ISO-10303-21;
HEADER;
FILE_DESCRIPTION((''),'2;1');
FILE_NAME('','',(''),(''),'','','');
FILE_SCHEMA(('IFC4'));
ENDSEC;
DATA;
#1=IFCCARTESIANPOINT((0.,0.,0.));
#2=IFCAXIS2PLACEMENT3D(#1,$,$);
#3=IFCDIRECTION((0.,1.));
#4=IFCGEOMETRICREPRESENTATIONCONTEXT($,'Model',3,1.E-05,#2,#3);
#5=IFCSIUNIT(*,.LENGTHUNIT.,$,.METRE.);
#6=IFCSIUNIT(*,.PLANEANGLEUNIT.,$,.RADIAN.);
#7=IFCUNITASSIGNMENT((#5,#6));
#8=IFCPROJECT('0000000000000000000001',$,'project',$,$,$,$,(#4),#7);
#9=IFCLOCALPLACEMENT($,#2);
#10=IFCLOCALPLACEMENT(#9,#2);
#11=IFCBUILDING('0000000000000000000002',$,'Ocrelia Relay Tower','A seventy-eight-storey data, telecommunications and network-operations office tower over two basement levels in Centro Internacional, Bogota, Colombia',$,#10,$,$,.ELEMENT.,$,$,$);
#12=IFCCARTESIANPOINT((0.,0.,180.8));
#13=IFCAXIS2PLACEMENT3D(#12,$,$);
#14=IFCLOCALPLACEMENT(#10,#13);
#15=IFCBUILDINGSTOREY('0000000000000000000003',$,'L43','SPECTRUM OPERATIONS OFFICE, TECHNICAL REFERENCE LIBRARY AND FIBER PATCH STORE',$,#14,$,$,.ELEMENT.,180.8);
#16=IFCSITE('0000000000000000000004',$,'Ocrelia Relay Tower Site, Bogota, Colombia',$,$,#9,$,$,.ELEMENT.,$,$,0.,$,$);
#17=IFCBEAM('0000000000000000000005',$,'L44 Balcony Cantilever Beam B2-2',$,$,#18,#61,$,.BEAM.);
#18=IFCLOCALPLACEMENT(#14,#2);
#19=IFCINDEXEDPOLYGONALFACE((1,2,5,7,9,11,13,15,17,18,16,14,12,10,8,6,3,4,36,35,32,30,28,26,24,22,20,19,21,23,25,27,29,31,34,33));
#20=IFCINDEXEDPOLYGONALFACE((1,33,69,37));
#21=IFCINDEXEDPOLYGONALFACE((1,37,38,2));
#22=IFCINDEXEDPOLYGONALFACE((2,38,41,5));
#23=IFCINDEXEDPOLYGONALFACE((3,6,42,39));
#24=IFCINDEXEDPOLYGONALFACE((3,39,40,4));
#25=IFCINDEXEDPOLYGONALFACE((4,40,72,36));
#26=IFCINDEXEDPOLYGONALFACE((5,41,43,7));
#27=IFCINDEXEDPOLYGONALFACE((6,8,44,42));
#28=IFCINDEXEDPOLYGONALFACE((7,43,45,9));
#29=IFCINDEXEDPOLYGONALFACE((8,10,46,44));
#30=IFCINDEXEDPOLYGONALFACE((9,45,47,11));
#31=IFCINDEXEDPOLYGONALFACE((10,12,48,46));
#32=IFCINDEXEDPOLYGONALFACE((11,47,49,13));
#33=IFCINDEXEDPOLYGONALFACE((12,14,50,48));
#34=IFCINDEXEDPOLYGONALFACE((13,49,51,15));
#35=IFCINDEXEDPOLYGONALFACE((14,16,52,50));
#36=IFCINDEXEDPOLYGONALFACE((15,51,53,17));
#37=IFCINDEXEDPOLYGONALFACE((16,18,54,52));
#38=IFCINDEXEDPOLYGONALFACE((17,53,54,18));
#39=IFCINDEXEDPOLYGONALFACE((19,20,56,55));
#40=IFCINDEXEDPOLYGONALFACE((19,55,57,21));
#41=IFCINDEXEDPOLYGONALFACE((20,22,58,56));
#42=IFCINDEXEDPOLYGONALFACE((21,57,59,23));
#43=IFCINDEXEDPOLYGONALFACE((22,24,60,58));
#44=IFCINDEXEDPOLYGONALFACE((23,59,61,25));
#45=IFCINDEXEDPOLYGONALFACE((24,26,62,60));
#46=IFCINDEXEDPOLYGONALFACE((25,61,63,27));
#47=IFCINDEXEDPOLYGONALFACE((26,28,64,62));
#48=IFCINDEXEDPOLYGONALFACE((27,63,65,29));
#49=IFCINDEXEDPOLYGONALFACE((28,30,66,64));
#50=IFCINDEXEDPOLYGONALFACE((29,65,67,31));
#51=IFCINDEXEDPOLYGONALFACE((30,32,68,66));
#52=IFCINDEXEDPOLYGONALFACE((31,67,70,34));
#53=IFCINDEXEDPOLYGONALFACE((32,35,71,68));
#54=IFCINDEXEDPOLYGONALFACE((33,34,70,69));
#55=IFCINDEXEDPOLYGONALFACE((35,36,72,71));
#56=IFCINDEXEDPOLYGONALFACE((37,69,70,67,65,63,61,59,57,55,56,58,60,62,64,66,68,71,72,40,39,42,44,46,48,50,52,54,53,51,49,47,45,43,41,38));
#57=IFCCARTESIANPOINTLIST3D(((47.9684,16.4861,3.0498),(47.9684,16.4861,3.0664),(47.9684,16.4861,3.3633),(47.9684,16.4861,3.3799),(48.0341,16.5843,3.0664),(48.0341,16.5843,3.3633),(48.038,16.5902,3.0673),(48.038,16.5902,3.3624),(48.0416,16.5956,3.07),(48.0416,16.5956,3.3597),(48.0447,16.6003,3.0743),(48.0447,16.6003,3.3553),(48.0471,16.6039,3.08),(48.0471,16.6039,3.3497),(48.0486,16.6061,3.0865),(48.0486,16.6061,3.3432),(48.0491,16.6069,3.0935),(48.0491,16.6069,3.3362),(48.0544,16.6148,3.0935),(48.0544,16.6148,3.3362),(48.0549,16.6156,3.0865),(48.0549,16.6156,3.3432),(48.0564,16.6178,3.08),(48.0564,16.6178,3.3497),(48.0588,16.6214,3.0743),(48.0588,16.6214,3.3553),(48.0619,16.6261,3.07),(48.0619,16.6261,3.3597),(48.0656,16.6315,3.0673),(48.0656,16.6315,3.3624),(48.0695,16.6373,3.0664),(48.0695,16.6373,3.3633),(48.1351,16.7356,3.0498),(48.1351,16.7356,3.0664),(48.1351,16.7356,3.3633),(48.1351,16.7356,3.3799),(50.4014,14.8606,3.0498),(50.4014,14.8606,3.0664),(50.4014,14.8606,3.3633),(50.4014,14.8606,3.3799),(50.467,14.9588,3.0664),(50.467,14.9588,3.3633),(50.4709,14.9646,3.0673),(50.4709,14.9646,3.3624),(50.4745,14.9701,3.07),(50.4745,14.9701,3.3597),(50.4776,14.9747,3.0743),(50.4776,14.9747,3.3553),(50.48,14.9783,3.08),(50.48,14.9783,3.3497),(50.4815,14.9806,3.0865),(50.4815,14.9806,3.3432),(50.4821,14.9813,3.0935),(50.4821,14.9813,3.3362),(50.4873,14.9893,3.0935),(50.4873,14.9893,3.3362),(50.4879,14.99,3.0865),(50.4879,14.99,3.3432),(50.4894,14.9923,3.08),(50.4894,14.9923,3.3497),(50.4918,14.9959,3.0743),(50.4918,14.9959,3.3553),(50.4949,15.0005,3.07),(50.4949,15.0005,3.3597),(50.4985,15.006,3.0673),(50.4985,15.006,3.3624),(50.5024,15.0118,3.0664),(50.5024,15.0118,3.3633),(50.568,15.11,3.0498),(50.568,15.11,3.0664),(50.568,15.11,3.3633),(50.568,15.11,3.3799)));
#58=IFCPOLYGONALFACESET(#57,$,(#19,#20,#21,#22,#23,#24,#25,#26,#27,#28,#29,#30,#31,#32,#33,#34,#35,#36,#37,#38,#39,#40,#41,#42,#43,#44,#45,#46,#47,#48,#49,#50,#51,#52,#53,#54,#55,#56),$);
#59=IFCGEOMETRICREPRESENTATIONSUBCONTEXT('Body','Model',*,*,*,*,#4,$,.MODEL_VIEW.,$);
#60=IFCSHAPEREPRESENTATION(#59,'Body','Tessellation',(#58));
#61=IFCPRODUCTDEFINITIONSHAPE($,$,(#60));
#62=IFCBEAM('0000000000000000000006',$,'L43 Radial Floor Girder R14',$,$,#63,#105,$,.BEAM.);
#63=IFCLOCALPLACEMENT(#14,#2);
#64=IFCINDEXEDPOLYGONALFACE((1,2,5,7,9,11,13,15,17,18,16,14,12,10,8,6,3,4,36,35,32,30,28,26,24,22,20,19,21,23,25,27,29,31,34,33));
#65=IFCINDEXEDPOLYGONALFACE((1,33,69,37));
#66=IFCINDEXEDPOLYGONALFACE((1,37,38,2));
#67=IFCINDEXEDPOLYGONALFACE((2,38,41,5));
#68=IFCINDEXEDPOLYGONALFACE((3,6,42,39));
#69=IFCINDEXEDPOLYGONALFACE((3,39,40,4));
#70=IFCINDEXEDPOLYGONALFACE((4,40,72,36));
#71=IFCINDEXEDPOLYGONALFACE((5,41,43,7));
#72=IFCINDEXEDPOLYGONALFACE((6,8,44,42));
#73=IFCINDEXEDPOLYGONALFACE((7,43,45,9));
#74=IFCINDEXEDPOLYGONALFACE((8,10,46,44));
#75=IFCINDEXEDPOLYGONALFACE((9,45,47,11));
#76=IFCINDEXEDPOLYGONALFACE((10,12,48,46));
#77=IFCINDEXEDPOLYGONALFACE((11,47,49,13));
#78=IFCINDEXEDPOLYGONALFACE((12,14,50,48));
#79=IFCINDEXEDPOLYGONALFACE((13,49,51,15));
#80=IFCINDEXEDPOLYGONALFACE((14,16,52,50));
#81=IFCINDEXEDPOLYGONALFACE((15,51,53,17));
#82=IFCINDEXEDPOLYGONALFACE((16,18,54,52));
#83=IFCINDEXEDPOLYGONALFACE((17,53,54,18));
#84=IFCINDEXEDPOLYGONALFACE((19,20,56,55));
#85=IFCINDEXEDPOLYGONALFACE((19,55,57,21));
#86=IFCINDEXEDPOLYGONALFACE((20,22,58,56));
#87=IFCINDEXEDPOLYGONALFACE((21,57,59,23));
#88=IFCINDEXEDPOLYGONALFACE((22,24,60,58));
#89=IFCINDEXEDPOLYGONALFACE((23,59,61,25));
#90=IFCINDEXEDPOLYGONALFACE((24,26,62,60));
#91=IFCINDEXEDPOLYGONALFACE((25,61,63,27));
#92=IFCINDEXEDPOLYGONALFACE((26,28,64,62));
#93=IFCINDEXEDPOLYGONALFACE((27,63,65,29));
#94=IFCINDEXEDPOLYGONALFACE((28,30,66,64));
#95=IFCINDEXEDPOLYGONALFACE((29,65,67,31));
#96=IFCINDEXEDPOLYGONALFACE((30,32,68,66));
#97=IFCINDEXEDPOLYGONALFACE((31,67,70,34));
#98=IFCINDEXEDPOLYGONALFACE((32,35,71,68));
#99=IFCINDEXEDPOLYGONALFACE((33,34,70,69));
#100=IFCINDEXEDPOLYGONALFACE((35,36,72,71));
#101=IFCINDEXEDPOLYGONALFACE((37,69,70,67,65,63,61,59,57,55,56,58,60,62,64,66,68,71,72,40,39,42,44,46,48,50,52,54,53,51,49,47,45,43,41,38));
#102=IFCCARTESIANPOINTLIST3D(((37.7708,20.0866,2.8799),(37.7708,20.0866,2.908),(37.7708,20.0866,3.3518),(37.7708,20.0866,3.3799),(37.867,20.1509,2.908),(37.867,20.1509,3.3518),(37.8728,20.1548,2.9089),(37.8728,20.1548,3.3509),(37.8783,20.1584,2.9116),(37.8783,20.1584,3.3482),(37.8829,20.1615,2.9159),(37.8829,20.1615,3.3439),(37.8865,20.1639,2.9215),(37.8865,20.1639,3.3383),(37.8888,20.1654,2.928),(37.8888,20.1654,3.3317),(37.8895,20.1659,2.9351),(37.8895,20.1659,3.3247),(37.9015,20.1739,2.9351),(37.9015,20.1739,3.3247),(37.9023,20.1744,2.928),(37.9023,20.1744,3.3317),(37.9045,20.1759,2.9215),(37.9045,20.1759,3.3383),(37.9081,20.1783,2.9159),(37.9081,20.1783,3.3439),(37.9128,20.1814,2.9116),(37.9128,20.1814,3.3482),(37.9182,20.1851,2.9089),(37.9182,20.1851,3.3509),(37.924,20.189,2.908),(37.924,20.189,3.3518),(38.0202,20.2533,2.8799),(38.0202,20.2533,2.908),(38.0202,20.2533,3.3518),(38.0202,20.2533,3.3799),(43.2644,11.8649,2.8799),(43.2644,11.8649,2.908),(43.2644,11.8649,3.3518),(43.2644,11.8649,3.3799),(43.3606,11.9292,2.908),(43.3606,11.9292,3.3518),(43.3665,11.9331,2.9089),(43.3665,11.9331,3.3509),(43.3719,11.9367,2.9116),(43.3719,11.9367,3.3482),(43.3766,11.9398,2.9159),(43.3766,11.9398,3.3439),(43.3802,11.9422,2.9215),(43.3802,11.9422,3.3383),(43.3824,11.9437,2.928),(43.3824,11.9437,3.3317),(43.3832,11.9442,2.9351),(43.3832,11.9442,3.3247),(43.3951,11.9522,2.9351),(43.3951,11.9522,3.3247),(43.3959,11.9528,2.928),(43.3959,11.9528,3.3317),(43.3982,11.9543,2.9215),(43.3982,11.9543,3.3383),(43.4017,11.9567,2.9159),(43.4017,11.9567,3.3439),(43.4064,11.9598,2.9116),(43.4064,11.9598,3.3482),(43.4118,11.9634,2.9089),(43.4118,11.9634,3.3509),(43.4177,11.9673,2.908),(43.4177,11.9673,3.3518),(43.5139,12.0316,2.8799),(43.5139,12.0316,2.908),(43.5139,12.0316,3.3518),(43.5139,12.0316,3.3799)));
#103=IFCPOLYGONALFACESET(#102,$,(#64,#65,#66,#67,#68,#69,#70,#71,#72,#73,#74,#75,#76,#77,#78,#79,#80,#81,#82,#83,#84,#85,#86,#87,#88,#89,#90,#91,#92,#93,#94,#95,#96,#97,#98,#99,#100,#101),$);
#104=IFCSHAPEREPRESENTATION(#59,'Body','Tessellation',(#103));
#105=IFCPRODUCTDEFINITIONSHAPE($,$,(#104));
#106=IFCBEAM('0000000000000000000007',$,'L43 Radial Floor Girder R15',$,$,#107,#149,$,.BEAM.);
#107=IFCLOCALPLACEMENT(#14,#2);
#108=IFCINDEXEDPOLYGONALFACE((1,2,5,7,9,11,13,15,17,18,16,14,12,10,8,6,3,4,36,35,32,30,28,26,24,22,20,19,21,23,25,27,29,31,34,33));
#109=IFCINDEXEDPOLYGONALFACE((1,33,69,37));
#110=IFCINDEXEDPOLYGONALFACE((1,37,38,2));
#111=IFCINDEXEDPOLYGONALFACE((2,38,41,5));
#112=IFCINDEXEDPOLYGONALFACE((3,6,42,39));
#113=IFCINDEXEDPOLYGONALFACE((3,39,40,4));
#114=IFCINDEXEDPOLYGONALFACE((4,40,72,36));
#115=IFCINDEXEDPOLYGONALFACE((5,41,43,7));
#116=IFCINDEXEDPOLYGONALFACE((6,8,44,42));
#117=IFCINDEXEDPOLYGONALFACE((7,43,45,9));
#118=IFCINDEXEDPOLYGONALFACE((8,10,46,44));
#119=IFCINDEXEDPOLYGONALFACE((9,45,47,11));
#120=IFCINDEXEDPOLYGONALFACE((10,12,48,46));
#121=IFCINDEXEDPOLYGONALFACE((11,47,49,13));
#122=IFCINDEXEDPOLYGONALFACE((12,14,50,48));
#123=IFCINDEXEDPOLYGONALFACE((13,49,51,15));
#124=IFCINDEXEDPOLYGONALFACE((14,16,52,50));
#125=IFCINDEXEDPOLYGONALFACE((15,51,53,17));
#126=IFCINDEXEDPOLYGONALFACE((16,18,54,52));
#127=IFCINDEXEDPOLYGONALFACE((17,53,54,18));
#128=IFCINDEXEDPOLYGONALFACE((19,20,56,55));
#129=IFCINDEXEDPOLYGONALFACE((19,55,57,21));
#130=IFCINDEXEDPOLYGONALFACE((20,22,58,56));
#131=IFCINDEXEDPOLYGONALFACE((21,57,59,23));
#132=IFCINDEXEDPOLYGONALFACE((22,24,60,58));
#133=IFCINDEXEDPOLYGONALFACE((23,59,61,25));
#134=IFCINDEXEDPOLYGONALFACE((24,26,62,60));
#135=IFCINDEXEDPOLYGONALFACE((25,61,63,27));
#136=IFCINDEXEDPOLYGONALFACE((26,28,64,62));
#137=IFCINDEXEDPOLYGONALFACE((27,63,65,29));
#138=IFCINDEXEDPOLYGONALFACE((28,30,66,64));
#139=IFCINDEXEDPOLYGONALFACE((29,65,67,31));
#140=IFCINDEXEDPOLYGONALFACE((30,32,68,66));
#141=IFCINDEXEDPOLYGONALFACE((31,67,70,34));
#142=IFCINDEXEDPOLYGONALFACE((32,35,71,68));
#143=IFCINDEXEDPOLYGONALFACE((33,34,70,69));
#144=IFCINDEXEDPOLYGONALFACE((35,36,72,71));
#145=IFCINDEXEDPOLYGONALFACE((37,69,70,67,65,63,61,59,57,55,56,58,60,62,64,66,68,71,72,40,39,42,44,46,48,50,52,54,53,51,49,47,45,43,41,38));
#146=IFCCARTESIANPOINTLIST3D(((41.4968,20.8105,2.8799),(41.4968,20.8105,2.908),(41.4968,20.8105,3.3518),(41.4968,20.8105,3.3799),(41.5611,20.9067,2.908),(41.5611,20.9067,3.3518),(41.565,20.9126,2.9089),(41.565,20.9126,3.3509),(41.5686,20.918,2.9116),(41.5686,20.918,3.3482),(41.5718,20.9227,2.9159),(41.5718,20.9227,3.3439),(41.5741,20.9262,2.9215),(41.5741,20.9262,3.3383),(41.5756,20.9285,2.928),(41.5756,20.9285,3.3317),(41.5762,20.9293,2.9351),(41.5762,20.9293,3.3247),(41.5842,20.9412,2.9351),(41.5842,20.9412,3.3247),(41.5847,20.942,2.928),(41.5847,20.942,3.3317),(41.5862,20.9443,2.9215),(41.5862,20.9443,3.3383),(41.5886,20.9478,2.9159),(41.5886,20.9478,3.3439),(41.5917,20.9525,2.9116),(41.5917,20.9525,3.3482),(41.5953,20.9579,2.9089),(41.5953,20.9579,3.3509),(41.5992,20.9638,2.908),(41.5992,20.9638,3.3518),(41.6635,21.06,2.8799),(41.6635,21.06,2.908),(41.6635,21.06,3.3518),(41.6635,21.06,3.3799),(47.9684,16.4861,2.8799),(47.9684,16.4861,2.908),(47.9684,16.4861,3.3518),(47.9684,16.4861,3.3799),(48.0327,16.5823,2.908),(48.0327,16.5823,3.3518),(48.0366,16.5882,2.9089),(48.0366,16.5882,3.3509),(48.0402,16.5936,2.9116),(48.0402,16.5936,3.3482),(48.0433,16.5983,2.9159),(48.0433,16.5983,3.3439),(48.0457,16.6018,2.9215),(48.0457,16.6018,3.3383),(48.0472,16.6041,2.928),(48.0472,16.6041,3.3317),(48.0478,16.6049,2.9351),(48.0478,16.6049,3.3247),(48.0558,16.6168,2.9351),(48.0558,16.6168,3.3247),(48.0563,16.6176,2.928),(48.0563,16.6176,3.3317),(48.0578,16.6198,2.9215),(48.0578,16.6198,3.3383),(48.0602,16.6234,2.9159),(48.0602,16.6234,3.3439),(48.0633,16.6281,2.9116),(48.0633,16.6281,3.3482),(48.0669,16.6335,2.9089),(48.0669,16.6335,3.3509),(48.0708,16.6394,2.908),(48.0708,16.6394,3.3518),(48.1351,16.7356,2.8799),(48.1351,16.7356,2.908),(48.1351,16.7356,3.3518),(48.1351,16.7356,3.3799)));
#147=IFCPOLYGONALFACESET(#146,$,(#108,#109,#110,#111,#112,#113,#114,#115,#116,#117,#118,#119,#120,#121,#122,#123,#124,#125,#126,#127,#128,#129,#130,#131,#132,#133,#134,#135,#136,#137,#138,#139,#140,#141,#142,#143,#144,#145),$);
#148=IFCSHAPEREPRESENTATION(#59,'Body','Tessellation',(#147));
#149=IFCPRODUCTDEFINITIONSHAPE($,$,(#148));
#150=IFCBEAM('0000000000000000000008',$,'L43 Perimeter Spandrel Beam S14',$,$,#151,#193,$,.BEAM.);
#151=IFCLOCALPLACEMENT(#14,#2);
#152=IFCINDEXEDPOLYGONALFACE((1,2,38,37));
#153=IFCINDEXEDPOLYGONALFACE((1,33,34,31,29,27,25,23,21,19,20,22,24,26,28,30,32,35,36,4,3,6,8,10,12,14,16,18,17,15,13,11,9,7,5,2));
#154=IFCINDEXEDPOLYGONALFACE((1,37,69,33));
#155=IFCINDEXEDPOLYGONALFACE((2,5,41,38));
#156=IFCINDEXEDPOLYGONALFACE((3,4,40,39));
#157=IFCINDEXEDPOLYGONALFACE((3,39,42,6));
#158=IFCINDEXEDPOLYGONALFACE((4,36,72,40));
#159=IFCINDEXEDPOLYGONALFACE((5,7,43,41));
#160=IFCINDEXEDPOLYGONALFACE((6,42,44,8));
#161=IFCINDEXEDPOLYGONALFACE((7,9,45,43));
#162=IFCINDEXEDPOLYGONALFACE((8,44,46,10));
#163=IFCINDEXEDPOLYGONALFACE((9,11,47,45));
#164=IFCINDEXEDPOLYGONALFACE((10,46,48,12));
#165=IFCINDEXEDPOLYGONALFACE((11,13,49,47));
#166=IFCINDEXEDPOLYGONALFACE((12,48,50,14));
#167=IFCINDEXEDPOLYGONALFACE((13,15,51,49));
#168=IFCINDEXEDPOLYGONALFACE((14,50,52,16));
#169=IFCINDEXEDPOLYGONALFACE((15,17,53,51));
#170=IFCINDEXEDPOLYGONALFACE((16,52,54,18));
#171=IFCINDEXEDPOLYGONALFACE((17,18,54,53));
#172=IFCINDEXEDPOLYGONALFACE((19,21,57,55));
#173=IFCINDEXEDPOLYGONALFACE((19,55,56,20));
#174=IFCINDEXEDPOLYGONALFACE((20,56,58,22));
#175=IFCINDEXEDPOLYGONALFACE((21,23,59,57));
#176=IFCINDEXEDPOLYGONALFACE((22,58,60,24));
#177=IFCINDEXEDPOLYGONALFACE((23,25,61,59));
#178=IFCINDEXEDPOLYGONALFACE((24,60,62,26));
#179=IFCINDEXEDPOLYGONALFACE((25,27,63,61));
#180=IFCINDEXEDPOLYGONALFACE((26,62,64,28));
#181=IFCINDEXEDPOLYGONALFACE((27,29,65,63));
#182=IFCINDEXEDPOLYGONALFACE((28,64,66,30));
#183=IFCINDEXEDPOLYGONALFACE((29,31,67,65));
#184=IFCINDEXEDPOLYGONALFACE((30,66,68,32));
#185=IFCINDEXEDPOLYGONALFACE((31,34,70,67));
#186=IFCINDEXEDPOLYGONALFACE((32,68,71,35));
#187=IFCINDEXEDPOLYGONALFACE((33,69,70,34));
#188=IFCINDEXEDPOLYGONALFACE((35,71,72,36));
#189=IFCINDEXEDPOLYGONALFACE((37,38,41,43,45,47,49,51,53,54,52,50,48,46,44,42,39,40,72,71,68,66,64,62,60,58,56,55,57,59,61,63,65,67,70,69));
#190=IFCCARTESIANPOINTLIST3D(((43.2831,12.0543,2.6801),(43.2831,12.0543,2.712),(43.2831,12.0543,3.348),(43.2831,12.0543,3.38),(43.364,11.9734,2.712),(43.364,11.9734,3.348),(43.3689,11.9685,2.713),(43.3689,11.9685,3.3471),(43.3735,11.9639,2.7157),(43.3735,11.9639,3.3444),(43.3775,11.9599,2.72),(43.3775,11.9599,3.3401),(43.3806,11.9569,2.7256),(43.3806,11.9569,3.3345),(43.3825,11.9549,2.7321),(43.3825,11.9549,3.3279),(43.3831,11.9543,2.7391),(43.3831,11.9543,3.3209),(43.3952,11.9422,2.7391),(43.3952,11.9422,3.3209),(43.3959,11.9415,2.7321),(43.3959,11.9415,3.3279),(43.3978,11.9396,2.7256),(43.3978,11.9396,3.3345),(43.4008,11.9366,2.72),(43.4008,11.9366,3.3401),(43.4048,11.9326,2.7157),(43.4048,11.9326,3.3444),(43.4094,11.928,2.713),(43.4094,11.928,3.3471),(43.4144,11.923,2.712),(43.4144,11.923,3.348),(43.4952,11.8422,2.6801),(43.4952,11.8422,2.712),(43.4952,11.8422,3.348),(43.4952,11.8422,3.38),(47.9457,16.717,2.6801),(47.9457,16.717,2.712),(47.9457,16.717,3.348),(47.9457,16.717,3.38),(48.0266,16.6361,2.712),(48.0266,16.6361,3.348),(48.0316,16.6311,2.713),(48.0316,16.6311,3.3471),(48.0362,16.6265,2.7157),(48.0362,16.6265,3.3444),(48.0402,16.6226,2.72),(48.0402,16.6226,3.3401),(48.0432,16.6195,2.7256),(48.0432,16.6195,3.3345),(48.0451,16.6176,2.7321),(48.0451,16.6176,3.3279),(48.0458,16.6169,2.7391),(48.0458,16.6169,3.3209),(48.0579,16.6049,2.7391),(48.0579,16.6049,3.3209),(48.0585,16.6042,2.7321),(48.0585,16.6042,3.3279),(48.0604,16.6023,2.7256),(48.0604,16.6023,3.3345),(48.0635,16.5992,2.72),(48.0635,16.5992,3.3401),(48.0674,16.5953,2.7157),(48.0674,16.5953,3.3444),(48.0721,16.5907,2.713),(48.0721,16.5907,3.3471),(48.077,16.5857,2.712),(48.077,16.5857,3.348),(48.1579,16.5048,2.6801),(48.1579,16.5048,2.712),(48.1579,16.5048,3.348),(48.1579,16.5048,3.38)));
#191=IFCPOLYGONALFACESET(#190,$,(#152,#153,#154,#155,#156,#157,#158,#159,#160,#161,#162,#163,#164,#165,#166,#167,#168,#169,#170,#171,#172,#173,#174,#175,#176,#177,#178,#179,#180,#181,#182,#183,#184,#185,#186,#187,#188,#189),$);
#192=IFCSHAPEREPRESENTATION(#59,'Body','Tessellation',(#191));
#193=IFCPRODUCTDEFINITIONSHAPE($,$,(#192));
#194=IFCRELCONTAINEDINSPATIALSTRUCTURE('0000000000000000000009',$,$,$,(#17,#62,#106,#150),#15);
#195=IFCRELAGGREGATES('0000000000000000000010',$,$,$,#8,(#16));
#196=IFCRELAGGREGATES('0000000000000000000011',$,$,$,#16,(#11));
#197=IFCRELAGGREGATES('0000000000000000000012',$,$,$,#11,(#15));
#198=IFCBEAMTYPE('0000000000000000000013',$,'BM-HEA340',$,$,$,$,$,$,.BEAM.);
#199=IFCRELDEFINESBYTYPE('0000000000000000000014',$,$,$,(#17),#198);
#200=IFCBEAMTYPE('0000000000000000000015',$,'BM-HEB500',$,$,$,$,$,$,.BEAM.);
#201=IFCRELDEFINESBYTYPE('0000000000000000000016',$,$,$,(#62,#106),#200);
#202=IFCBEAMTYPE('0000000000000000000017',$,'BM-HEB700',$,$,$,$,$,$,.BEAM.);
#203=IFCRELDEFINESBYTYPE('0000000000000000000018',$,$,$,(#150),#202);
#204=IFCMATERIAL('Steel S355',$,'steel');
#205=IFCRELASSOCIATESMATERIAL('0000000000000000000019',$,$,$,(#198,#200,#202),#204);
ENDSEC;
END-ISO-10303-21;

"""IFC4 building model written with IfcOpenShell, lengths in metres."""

from ifc_helpers import new_model, si_unit, direction, frame, origin, origin_2d, place, context, subcontext, project, spatial, i_section, extrude, material, material_profile, profile_set, type_object, element, save


model = new_model("IFC4")

# Units and contexts
model_context = context("Model", 3, precision=1e-05, world=origin(), true_north=direction((0.0, 1.0)))
body_context = subcontext(model_context, "Body", "Model", "MODEL_VIEW")
ifc_project = project(units=[si_unit("LENGTHUNIT", "METRE"), si_unit("PLANEANGLEUNIT", "RADIAN")], contexts=[model_context])

# Site, building, storey
site_placement = place(None, origin())
site = spatial("IfcSite", under=ifc_project, at=site_placement, Name="Ocrelia Relay Tower Site, Bogota, Colombia", CompositionType="ELEMENT", RefElevation=0.0)
building_placement = place(site_placement, origin())
building = spatial("IfcBuilding", under=site, at=building_placement, Name="Ocrelia Relay Tower", Description="A seventy-eight-storey data, telecommunications and network-operations office tower over two basement levels in Centro Internacional, Bogota, Colombia", CompositionType="ELEMENT")
storey_placement = place(building_placement, frame((0.0, 0.0, 180.8)))
storey = spatial("IfcBuildingStorey", under=building, at=storey_placement, Name="L43", Description="SPECTRUM OPERATIONS OFFICE, TECHNICAL REFERENCE LIBRARY AND FIBER PATCH STORE", CompositionType="ELEMENT", Elevation=180.8)

# Beams
ifc_material_1 = material(Name="Steel S355", Category="steel")
ifc_material_profile_1 = material_profile(ifc_material_1, i_section(OverallWidth=0.3, OverallDepth=0.3301, WebThickness=0.0095, FlangeThickness=0.0166, FilletRadius=0.0271, at=origin_2d()), Name="HEA 340")
ifc_profile_set_1 = profile_set([ifc_material_profile_1], Name="Steel S355")
beam_type_1 = type_object("IfcBeamType", Name="BM-HEA340", PredefinedType="BEAM", material=ifc_profile_set_1)
beam_1_placement = place(storey_placement, frame((48.0518, 16.6108, 3.2148), z_axis=(0.831485, -0.555547, 0.0), x_axis=(0.555547, 0.831485, 0.0)))
element("IfcBeam", 1, at=beam_1_placement, inside=storey, type_object=beam_type_1, Name="L44 Balcony Cantilever Beam B2-2", PredefinedType="BEAM", context=body_context, shape_type="SweptSolid", body=[
    extrude(i_section(OverallWidth=0.3, OverallDepth=0.3301, WebThickness=0.0095, FlangeThickness=0.0166, FilletRadius=0.0271, at=origin_2d()), origin(), (0.0, 0.0, 1.0), 2.926),
])
ifc_material_profile_2 = material_profile(ifc_material_1, i_section(OverallWidth=0.3, OverallDepth=0.5, WebThickness=0.0144, FlangeThickness=0.0281, FilletRadius=0.0271, at=origin_2d()), Name="HEB 500")
ifc_profile_set_2 = profile_set([ifc_material_profile_2], Name="Steel S355")
beam_type_2 = type_object("IfcBeamType", Name="BM-HEB500", PredefinedType="BEAM", material=ifc_profile_set_2)
beam_2_placement = place(storey_placement, frame((43.3892, 11.9482, 3.1299), z_axis=(-0.555577, 0.831465, 0.0), x_axis=(-0.831465, -0.555577, 0.0)))
element("IfcBeam", 2, at=beam_2_placement, inside=storey, type_object=beam_type_2, Name="L43 Radial Floor Girder R14", PredefinedType="BEAM", context=body_context, shape_type="SweptSolid", body=[
    extrude(i_section(OverallWidth=0.3, OverallDepth=0.5, WebThickness=0.0144, FlangeThickness=0.0281, FilletRadius=0.0271, at=origin_2d()), origin(), (0.0, 0.0, 1.0), 9.8882),
])
beam_3_placement = place(storey_placement, frame((48.0518, 16.6108, 3.1299), z_axis=(-0.831456, 0.55559, 0.0), x_axis=(-0.55559, -0.831456, 0.0)))
element("IfcBeam", 3, at=beam_3_placement, inside=storey, type_object=beam_type_2, Name="L43 Radial Floor Girder R15", PredefinedType="BEAM", context=body_context, shape_type="SweptSolid", body=[
    extrude(i_section(OverallWidth=0.3, OverallDepth=0.5, WebThickness=0.0144, FlangeThickness=0.0281, FilletRadius=0.0271, at=origin_2d()), origin(), (0.0, 0.0, 1.0), 7.7834),
])
ifc_material_profile_3 = material_profile(ifc_material_1, i_section(OverallWidth=0.3, OverallDepth=0.7, WebThickness=0.0171, FlangeThickness=0.032, FilletRadius=0.0271, at=origin_2d()), Name="HEB 700")
ifc_profile_set_3 = profile_set([ifc_material_profile_3], Name="Steel S355")
beam_type_3 = type_object("IfcBeamType", Name="BM-HEB700", PredefinedType="BEAM", material=ifc_profile_set_3)
for number, where, z_axis, x_axis, name in (
    (4, (43.3892, 11.9482, 3.03), (0.707107, 0.707107, 0.0), (-0.707107, 0.707107, 0.0), "L43 Perimeter Spandrel Beam S14"),
):
    element("IfcBeam", number, at=place(storey_placement, frame(where, z_axis=z_axis, x_axis=x_axis)), inside=storey, type_object=beam_type_3, Name=name, PredefinedType="BEAM", context=body_context, shape_type="SweptSolid", body=[
        extrude(i_section(OverallWidth=0.3, OverallDepth=0.7, WebThickness=0.0171, FlangeThickness=0.032, FilletRadius=0.0271, at=origin_2d()), origin(), (0.0, 0.0, 1.0), 6.594),
    ])

save(model, "model.ifc")
